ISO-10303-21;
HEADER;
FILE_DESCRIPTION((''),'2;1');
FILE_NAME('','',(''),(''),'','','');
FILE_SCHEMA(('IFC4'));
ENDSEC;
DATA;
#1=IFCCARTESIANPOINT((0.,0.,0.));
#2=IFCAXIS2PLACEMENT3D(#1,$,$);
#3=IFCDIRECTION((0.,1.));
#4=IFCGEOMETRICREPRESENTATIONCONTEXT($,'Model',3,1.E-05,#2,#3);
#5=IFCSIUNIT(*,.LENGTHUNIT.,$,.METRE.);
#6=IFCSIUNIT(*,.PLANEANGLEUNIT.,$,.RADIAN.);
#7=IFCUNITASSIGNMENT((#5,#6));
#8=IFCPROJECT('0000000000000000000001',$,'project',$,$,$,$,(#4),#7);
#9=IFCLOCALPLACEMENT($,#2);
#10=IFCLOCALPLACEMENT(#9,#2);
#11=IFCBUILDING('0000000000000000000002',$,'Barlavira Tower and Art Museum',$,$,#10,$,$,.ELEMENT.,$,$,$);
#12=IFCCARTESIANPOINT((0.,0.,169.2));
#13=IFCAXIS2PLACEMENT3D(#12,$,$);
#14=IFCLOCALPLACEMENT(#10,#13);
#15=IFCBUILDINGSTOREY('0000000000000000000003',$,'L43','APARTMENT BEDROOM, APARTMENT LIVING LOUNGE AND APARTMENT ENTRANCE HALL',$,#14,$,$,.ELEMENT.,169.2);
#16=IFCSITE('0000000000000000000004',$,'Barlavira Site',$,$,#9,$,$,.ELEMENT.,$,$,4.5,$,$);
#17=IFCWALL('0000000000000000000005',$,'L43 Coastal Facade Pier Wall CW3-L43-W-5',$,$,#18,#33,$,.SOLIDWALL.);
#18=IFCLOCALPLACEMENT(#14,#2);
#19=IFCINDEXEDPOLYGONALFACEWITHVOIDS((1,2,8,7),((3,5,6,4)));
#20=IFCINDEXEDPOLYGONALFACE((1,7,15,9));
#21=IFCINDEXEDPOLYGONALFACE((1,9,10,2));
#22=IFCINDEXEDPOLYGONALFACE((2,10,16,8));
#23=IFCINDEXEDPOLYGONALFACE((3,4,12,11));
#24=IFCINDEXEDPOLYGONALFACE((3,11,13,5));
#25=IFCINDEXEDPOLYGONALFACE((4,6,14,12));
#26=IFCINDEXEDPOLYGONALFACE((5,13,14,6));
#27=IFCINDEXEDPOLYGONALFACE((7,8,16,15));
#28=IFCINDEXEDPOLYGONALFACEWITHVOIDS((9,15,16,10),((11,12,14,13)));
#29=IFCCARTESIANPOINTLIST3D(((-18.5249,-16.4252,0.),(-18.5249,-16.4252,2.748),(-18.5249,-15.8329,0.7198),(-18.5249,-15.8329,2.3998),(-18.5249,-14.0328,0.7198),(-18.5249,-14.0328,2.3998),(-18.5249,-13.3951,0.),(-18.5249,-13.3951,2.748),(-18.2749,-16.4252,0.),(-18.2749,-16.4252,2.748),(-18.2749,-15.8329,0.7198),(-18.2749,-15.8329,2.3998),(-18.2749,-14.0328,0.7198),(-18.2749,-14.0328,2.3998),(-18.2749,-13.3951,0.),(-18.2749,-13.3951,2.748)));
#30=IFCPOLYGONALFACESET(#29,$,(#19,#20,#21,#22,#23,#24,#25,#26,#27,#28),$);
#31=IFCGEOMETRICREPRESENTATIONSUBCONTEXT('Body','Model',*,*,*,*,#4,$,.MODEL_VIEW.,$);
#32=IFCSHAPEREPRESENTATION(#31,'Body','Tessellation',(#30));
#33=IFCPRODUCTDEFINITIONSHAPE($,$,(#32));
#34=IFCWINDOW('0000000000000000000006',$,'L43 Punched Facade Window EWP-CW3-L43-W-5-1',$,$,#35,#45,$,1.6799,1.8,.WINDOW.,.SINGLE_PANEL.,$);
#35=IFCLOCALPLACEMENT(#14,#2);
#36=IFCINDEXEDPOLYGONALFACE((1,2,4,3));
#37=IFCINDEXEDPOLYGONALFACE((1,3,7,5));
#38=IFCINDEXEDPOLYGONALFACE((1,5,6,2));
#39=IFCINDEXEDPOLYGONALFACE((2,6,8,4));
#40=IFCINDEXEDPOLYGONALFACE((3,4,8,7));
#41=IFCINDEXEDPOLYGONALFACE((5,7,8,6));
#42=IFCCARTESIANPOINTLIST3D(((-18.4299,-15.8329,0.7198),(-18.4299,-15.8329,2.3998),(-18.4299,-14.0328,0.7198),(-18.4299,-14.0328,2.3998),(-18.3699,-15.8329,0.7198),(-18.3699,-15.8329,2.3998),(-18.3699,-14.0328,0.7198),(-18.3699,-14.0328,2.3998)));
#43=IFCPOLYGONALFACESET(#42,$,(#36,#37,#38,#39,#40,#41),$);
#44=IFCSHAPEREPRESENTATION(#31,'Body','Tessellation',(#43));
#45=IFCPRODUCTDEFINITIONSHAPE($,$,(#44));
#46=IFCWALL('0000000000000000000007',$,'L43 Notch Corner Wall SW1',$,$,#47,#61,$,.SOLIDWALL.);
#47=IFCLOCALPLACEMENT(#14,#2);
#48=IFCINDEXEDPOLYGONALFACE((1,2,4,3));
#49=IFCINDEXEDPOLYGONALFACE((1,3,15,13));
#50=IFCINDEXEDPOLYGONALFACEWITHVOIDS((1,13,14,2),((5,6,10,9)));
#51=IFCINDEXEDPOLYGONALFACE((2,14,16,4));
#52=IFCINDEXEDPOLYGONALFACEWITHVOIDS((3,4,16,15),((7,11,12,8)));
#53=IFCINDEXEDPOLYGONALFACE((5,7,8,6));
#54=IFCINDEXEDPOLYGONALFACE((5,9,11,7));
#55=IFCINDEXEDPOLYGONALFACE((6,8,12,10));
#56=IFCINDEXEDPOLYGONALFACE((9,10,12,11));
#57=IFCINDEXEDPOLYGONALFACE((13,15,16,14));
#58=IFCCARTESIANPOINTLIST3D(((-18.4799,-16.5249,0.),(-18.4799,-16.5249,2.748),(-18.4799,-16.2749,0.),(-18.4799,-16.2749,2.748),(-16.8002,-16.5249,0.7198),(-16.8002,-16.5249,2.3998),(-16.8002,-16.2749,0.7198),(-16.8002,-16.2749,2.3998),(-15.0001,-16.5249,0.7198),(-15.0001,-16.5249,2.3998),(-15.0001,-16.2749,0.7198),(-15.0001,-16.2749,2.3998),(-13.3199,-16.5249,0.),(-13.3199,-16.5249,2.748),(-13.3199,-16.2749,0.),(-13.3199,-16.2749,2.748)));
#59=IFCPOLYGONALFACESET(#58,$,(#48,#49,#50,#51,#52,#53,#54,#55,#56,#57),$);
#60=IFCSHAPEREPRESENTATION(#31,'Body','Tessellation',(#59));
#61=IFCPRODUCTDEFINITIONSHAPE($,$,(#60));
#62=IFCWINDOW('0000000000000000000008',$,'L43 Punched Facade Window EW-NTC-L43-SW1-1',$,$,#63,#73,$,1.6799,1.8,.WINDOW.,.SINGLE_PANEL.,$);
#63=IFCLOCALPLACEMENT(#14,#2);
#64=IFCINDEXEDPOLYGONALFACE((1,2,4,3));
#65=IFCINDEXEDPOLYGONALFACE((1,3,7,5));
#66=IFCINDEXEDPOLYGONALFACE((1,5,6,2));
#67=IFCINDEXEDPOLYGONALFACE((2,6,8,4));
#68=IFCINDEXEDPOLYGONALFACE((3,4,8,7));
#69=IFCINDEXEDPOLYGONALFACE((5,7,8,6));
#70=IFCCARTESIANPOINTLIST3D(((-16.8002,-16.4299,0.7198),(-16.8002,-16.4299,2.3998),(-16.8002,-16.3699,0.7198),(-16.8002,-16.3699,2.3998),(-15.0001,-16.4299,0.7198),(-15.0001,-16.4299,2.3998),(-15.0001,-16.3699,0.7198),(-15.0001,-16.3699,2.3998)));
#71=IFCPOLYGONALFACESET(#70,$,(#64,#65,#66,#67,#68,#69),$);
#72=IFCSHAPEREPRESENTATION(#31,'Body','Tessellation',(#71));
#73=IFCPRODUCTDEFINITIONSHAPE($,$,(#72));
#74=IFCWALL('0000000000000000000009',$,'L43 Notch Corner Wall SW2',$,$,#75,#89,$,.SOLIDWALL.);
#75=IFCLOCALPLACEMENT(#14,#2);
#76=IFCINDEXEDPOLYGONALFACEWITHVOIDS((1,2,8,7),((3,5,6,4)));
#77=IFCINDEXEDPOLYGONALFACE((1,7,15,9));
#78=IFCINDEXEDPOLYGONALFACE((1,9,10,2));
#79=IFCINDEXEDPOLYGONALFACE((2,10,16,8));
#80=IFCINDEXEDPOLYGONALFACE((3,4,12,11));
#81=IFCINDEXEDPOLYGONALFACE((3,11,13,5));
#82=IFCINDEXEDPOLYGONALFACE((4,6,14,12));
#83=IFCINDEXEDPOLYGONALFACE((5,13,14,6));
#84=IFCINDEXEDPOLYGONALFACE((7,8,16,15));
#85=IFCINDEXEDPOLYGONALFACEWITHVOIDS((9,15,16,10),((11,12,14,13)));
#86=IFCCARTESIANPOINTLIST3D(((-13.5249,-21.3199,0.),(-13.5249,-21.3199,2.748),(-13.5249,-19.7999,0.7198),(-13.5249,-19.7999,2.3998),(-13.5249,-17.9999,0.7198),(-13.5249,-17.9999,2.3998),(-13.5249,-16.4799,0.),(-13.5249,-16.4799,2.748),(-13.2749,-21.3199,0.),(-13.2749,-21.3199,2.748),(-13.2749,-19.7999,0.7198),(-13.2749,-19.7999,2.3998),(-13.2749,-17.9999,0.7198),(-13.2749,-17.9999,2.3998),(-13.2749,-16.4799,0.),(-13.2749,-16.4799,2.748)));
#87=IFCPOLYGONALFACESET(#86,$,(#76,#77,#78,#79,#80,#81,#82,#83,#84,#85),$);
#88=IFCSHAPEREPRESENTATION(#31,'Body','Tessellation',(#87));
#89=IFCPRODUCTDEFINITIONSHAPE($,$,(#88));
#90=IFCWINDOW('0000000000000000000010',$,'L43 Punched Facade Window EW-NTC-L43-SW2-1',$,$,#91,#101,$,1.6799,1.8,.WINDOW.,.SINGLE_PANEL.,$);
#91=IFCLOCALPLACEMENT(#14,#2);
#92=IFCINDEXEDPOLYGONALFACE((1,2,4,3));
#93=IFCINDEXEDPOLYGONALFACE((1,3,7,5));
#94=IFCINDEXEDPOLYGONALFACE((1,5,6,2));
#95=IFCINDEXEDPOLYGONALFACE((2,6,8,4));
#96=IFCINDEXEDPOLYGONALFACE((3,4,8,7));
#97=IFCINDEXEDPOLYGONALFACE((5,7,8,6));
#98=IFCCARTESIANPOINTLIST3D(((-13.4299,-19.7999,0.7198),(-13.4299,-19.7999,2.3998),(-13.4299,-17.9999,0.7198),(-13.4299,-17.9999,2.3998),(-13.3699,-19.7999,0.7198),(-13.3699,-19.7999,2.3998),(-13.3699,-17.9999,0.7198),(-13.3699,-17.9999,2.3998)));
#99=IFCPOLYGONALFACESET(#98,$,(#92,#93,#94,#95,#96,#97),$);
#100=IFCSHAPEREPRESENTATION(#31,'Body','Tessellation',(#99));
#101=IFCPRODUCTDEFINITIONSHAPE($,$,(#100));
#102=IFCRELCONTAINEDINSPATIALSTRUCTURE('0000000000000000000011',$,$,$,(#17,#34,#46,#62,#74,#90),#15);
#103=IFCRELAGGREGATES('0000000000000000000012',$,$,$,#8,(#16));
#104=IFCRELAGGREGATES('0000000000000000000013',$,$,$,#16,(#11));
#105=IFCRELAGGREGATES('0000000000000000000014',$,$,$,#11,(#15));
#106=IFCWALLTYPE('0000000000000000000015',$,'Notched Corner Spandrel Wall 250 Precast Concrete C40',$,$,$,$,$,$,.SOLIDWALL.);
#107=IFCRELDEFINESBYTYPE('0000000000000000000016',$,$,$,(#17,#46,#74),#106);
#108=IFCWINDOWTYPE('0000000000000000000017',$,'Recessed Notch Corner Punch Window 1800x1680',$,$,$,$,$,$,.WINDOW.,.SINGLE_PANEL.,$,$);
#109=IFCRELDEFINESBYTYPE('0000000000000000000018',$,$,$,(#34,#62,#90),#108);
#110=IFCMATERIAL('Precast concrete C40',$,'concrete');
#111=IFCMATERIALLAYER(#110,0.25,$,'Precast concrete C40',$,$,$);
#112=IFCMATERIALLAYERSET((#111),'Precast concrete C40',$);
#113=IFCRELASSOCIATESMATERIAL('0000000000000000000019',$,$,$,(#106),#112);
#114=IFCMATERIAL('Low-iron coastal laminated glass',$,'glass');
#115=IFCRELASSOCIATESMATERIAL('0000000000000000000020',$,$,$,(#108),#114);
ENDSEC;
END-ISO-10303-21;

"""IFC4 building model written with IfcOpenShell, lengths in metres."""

from ifc_helpers import new_model, si_unit, direction, frame, frame_2d, origin, place, context, subcontext, project, spatial, rectangle, extrude, material, layer, layer_set, type_object, element, fill, save


model = new_model("IFC4")

# Units and contexts
model_context = context("Model", 3, precision=1e-05, world=origin(), true_north=direction((0.0, 1.0)))
body_context = subcontext(model_context, "Body", "Model", "MODEL_VIEW")
ifc_project = project(units=[si_unit("LENGTHUNIT", "METRE"), si_unit("PLANEANGLEUNIT", "RADIAN")], contexts=[model_context])

# Site, building, storey
site_placement = place(None, origin())
site = spatial("IfcSite", under=ifc_project, at=site_placement, Name="Barlavira Site", CompositionType="ELEMENT", RefElevation=4.5)
building_placement = place(site_placement, origin())
building = spatial("IfcBuilding", under=site, at=building_placement, Name="Barlavira Tower and Art Museum", CompositionType="ELEMENT")
storey_placement = place(building_placement, frame((0.0, 0.0, 169.2)))
storey = spatial("IfcBuildingStorey", under=building, at=storey_placement, Name="L43", Description="APARTMENT BEDROOM, APARTMENT LIVING LOUNGE AND APARTMENT ENTRANCE HALL", CompositionType="ELEMENT", Elevation=169.2)

# Walls, openings, windows
ifc_material_1 = material(Name="Precast concrete C40", Category="concrete")
ifc_layer_1 = layer(ifc_material_1, 0.25, Name="Precast concrete C40")
ifc_layer_set_1 = layer_set([ifc_layer_1], Name="Precast concrete C40")
wall_type_1 = type_object("IfcWallType", Name="Notched Corner Spandrel Wall 250 Precast Concrete C40", PredefinedType="SOLIDWALL", material=ifc_layer_set_1)
ifc_material_2 = material(Name="Low-iron coastal laminated glass", Category="glass")
wall_1_placement = place(storey_placement, frame((-18.3999, -13.395, 0.0), z_axis=(0.0, 0.0, 1.0), x_axis=(0.0, -1.0, 0.0)))
wall_1 = element("IfcWall", 1, at=wall_1_placement, inside=storey, type_object=wall_type_1, Name="L43 Coastal Facade Pier Wall CW3-L43-W-5", PredefinedType="SOLIDWALL", context=body_context, shape_type="SweptSolid", body=[
    extrude(rectangle(XDim=3.03, YDim=0.25, at=frame_2d((1.5151, 0.0))), origin(), (0.0, 0.0, 1.0), 2.748),
])
opening_1_placement = place(wall_1_placement, frame((0.6379, 0.0, 0.72)))
opening_1 = element("IfcOpeningElement", 2, at=opening_1_placement, cuts=wall_1, PredefinedType="OPENING", context=body_context, shape_type="SweptSolid", body=[
    extrude(rectangle(XDim=1.8, YDim=1.6799, at=frame_2d((0.8999, 0.8398))), frame((0.0, 0.135, 0.0), z_axis=(0.0, -1.0, 0.0), x_axis=(1.0, 0.0, 0.0)), (0.0, 0.0, 1.0), 0.27),
])
window_type_1 = type_object("IfcWindowType", Name="Recessed Notch Corner Punch Window 1800x1680", PartitioningType="SINGLE_PANEL", PredefinedType="WINDOW", material=ifc_material_2)
window_1_placement = place(opening_1_placement, origin())
window_1 = element("IfcWindow", 3, at=window_1_placement, inside=storey, type_object=window_type_1, Name="L43 Punched Facade Window EWP-CW3-L43-W-5-1", OverallHeight=1.6799, OverallWidth=1.8, PartitioningType="SINGLE_PANEL", PredefinedType="WINDOW", context=body_context, shape_type="SweptSolid", body=[
    extrude(rectangle(XDim=1.8, YDim=1.6799, at=frame_2d((0.8999, 0.8398))), frame((0.0, 0.03, 0.0), z_axis=(0.0, -1.0, 0.0), x_axis=(1.0, 0.0, 0.0)), (0.0, 0.0, 1.0), 0.0601),
])
fill(opening_1, window_1)
wall_2_placement = place(storey_placement, frame((-18.48, -16.3999, 0.0), z_axis=(0.0, 0.0, 1.0), x_axis=(1.0, 0.0, 0.0)))
wall_2 = element("IfcWall", 4, at=wall_2_placement, inside=storey, type_object=wall_type_1, Name="L43 Notch Corner Wall SW1", PredefinedType="SOLIDWALL", context=body_context, shape_type="SweptSolid", body=[
    extrude(rectangle(XDim=5.1599, YDim=0.25, at=frame_2d((2.5801, 0.0))), origin(), (0.0, 0.0, 1.0), 2.748),
])
opening_2_placement = place(wall_2_placement, frame((1.6799, 0.0, 0.72)))
opening_2 = element("IfcOpeningElement", 5, at=opening_2_placement, cuts=wall_2, PredefinedType="OPENING", context=body_context, shape_type="SweptSolid", body=[
    extrude(rectangle(XDim=1.8, YDim=1.6799, at=frame_2d((0.8999, 0.8398))), frame((0.0, 0.135, 0.0), z_axis=(0.0, -1.0, 0.0), x_axis=(1.0, 0.0, 0.0)), (0.0, 0.0, 1.0), 0.27),
])
window_2_placement = place(opening_2_placement, origin())
window_2 = element("IfcWindow", 6, at=window_2_placement, inside=storey, type_object=window_type_1, Name="L43 Punched Facade Window EW-NTC-L43-SW1-1", OverallHeight=1.6799, OverallWidth=1.8, PartitioningType="SINGLE_PANEL", PredefinedType="WINDOW", context=body_context, shape_type="SweptSolid", body=[
    extrude(rectangle(XDim=1.8, YDim=1.6799, at=frame_2d((0.8999, 0.8398))), frame((0.0, 0.03, 0.0), z_axis=(0.0, -1.0, 0.0), x_axis=(1.0, 0.0, 0.0)), (0.0, 0.0, 1.0), 0.0601),
])
fill(opening_2, window_2)
wall_3_placement = place(storey_placement, frame((-13.3999, -16.48, 0.0), z_axis=(0.0, 0.0, 1.0), x_axis=(0.0, -1.0, 0.0)))
wall_3 = element("IfcWall", 7, at=wall_3_placement, inside=storey, type_object=wall_type_1, Name="L43 Notch Corner Wall SW2", PredefinedType="SOLIDWALL", context=body_context, shape_type="SweptSolid", body=[
    extrude(rectangle(XDim=4.8401, YDim=0.25, at=frame_2d((2.4199, 0.0))), origin(), (0.0, 0.0, 1.0), 2.748),
])
opening_3_placement = place(wall_3_placement, frame((1.52, 0.0, 0.72)))
opening_3 = element("IfcOpeningElement", 8, at=opening_3_placement, cuts=wall_3, PredefinedType="OPENING", context=body_context, shape_type="SweptSolid", body=[
    extrude(rectangle(XDim=1.8, YDim=1.6799, at=frame_2d((0.8999, 0.8398))), frame((0.0, 0.135, 0.0), z_axis=(0.0, -1.0, 0.0), x_axis=(1.0, 0.0, 0.0)), (0.0, 0.0, 1.0), 0.27),
])
window_3_placement = place(opening_3_placement, origin())
window_3 = element("IfcWindow", 9, at=window_3_placement, inside=storey, type_object=window_type_1, Name="L43 Punched Facade Window EW-NTC-L43-SW2-1", OverallHeight=1.6799, OverallWidth=1.8, PartitioningType="SINGLE_PANEL", PredefinedType="WINDOW", context=body_context, shape_type="SweptSolid", body=[
    extrude(rectangle(XDim=1.8, YDim=1.6799, at=frame_2d((0.8999, 0.8398))), frame((0.0, 0.03, 0.0), z_axis=(0.0, -1.0, 0.0), x_axis=(1.0, 0.0, 0.0)), (0.0, 0.0, 1.0), 0.0601),
])
fill(opening_3, window_3)

save(model, "model.ifc")
